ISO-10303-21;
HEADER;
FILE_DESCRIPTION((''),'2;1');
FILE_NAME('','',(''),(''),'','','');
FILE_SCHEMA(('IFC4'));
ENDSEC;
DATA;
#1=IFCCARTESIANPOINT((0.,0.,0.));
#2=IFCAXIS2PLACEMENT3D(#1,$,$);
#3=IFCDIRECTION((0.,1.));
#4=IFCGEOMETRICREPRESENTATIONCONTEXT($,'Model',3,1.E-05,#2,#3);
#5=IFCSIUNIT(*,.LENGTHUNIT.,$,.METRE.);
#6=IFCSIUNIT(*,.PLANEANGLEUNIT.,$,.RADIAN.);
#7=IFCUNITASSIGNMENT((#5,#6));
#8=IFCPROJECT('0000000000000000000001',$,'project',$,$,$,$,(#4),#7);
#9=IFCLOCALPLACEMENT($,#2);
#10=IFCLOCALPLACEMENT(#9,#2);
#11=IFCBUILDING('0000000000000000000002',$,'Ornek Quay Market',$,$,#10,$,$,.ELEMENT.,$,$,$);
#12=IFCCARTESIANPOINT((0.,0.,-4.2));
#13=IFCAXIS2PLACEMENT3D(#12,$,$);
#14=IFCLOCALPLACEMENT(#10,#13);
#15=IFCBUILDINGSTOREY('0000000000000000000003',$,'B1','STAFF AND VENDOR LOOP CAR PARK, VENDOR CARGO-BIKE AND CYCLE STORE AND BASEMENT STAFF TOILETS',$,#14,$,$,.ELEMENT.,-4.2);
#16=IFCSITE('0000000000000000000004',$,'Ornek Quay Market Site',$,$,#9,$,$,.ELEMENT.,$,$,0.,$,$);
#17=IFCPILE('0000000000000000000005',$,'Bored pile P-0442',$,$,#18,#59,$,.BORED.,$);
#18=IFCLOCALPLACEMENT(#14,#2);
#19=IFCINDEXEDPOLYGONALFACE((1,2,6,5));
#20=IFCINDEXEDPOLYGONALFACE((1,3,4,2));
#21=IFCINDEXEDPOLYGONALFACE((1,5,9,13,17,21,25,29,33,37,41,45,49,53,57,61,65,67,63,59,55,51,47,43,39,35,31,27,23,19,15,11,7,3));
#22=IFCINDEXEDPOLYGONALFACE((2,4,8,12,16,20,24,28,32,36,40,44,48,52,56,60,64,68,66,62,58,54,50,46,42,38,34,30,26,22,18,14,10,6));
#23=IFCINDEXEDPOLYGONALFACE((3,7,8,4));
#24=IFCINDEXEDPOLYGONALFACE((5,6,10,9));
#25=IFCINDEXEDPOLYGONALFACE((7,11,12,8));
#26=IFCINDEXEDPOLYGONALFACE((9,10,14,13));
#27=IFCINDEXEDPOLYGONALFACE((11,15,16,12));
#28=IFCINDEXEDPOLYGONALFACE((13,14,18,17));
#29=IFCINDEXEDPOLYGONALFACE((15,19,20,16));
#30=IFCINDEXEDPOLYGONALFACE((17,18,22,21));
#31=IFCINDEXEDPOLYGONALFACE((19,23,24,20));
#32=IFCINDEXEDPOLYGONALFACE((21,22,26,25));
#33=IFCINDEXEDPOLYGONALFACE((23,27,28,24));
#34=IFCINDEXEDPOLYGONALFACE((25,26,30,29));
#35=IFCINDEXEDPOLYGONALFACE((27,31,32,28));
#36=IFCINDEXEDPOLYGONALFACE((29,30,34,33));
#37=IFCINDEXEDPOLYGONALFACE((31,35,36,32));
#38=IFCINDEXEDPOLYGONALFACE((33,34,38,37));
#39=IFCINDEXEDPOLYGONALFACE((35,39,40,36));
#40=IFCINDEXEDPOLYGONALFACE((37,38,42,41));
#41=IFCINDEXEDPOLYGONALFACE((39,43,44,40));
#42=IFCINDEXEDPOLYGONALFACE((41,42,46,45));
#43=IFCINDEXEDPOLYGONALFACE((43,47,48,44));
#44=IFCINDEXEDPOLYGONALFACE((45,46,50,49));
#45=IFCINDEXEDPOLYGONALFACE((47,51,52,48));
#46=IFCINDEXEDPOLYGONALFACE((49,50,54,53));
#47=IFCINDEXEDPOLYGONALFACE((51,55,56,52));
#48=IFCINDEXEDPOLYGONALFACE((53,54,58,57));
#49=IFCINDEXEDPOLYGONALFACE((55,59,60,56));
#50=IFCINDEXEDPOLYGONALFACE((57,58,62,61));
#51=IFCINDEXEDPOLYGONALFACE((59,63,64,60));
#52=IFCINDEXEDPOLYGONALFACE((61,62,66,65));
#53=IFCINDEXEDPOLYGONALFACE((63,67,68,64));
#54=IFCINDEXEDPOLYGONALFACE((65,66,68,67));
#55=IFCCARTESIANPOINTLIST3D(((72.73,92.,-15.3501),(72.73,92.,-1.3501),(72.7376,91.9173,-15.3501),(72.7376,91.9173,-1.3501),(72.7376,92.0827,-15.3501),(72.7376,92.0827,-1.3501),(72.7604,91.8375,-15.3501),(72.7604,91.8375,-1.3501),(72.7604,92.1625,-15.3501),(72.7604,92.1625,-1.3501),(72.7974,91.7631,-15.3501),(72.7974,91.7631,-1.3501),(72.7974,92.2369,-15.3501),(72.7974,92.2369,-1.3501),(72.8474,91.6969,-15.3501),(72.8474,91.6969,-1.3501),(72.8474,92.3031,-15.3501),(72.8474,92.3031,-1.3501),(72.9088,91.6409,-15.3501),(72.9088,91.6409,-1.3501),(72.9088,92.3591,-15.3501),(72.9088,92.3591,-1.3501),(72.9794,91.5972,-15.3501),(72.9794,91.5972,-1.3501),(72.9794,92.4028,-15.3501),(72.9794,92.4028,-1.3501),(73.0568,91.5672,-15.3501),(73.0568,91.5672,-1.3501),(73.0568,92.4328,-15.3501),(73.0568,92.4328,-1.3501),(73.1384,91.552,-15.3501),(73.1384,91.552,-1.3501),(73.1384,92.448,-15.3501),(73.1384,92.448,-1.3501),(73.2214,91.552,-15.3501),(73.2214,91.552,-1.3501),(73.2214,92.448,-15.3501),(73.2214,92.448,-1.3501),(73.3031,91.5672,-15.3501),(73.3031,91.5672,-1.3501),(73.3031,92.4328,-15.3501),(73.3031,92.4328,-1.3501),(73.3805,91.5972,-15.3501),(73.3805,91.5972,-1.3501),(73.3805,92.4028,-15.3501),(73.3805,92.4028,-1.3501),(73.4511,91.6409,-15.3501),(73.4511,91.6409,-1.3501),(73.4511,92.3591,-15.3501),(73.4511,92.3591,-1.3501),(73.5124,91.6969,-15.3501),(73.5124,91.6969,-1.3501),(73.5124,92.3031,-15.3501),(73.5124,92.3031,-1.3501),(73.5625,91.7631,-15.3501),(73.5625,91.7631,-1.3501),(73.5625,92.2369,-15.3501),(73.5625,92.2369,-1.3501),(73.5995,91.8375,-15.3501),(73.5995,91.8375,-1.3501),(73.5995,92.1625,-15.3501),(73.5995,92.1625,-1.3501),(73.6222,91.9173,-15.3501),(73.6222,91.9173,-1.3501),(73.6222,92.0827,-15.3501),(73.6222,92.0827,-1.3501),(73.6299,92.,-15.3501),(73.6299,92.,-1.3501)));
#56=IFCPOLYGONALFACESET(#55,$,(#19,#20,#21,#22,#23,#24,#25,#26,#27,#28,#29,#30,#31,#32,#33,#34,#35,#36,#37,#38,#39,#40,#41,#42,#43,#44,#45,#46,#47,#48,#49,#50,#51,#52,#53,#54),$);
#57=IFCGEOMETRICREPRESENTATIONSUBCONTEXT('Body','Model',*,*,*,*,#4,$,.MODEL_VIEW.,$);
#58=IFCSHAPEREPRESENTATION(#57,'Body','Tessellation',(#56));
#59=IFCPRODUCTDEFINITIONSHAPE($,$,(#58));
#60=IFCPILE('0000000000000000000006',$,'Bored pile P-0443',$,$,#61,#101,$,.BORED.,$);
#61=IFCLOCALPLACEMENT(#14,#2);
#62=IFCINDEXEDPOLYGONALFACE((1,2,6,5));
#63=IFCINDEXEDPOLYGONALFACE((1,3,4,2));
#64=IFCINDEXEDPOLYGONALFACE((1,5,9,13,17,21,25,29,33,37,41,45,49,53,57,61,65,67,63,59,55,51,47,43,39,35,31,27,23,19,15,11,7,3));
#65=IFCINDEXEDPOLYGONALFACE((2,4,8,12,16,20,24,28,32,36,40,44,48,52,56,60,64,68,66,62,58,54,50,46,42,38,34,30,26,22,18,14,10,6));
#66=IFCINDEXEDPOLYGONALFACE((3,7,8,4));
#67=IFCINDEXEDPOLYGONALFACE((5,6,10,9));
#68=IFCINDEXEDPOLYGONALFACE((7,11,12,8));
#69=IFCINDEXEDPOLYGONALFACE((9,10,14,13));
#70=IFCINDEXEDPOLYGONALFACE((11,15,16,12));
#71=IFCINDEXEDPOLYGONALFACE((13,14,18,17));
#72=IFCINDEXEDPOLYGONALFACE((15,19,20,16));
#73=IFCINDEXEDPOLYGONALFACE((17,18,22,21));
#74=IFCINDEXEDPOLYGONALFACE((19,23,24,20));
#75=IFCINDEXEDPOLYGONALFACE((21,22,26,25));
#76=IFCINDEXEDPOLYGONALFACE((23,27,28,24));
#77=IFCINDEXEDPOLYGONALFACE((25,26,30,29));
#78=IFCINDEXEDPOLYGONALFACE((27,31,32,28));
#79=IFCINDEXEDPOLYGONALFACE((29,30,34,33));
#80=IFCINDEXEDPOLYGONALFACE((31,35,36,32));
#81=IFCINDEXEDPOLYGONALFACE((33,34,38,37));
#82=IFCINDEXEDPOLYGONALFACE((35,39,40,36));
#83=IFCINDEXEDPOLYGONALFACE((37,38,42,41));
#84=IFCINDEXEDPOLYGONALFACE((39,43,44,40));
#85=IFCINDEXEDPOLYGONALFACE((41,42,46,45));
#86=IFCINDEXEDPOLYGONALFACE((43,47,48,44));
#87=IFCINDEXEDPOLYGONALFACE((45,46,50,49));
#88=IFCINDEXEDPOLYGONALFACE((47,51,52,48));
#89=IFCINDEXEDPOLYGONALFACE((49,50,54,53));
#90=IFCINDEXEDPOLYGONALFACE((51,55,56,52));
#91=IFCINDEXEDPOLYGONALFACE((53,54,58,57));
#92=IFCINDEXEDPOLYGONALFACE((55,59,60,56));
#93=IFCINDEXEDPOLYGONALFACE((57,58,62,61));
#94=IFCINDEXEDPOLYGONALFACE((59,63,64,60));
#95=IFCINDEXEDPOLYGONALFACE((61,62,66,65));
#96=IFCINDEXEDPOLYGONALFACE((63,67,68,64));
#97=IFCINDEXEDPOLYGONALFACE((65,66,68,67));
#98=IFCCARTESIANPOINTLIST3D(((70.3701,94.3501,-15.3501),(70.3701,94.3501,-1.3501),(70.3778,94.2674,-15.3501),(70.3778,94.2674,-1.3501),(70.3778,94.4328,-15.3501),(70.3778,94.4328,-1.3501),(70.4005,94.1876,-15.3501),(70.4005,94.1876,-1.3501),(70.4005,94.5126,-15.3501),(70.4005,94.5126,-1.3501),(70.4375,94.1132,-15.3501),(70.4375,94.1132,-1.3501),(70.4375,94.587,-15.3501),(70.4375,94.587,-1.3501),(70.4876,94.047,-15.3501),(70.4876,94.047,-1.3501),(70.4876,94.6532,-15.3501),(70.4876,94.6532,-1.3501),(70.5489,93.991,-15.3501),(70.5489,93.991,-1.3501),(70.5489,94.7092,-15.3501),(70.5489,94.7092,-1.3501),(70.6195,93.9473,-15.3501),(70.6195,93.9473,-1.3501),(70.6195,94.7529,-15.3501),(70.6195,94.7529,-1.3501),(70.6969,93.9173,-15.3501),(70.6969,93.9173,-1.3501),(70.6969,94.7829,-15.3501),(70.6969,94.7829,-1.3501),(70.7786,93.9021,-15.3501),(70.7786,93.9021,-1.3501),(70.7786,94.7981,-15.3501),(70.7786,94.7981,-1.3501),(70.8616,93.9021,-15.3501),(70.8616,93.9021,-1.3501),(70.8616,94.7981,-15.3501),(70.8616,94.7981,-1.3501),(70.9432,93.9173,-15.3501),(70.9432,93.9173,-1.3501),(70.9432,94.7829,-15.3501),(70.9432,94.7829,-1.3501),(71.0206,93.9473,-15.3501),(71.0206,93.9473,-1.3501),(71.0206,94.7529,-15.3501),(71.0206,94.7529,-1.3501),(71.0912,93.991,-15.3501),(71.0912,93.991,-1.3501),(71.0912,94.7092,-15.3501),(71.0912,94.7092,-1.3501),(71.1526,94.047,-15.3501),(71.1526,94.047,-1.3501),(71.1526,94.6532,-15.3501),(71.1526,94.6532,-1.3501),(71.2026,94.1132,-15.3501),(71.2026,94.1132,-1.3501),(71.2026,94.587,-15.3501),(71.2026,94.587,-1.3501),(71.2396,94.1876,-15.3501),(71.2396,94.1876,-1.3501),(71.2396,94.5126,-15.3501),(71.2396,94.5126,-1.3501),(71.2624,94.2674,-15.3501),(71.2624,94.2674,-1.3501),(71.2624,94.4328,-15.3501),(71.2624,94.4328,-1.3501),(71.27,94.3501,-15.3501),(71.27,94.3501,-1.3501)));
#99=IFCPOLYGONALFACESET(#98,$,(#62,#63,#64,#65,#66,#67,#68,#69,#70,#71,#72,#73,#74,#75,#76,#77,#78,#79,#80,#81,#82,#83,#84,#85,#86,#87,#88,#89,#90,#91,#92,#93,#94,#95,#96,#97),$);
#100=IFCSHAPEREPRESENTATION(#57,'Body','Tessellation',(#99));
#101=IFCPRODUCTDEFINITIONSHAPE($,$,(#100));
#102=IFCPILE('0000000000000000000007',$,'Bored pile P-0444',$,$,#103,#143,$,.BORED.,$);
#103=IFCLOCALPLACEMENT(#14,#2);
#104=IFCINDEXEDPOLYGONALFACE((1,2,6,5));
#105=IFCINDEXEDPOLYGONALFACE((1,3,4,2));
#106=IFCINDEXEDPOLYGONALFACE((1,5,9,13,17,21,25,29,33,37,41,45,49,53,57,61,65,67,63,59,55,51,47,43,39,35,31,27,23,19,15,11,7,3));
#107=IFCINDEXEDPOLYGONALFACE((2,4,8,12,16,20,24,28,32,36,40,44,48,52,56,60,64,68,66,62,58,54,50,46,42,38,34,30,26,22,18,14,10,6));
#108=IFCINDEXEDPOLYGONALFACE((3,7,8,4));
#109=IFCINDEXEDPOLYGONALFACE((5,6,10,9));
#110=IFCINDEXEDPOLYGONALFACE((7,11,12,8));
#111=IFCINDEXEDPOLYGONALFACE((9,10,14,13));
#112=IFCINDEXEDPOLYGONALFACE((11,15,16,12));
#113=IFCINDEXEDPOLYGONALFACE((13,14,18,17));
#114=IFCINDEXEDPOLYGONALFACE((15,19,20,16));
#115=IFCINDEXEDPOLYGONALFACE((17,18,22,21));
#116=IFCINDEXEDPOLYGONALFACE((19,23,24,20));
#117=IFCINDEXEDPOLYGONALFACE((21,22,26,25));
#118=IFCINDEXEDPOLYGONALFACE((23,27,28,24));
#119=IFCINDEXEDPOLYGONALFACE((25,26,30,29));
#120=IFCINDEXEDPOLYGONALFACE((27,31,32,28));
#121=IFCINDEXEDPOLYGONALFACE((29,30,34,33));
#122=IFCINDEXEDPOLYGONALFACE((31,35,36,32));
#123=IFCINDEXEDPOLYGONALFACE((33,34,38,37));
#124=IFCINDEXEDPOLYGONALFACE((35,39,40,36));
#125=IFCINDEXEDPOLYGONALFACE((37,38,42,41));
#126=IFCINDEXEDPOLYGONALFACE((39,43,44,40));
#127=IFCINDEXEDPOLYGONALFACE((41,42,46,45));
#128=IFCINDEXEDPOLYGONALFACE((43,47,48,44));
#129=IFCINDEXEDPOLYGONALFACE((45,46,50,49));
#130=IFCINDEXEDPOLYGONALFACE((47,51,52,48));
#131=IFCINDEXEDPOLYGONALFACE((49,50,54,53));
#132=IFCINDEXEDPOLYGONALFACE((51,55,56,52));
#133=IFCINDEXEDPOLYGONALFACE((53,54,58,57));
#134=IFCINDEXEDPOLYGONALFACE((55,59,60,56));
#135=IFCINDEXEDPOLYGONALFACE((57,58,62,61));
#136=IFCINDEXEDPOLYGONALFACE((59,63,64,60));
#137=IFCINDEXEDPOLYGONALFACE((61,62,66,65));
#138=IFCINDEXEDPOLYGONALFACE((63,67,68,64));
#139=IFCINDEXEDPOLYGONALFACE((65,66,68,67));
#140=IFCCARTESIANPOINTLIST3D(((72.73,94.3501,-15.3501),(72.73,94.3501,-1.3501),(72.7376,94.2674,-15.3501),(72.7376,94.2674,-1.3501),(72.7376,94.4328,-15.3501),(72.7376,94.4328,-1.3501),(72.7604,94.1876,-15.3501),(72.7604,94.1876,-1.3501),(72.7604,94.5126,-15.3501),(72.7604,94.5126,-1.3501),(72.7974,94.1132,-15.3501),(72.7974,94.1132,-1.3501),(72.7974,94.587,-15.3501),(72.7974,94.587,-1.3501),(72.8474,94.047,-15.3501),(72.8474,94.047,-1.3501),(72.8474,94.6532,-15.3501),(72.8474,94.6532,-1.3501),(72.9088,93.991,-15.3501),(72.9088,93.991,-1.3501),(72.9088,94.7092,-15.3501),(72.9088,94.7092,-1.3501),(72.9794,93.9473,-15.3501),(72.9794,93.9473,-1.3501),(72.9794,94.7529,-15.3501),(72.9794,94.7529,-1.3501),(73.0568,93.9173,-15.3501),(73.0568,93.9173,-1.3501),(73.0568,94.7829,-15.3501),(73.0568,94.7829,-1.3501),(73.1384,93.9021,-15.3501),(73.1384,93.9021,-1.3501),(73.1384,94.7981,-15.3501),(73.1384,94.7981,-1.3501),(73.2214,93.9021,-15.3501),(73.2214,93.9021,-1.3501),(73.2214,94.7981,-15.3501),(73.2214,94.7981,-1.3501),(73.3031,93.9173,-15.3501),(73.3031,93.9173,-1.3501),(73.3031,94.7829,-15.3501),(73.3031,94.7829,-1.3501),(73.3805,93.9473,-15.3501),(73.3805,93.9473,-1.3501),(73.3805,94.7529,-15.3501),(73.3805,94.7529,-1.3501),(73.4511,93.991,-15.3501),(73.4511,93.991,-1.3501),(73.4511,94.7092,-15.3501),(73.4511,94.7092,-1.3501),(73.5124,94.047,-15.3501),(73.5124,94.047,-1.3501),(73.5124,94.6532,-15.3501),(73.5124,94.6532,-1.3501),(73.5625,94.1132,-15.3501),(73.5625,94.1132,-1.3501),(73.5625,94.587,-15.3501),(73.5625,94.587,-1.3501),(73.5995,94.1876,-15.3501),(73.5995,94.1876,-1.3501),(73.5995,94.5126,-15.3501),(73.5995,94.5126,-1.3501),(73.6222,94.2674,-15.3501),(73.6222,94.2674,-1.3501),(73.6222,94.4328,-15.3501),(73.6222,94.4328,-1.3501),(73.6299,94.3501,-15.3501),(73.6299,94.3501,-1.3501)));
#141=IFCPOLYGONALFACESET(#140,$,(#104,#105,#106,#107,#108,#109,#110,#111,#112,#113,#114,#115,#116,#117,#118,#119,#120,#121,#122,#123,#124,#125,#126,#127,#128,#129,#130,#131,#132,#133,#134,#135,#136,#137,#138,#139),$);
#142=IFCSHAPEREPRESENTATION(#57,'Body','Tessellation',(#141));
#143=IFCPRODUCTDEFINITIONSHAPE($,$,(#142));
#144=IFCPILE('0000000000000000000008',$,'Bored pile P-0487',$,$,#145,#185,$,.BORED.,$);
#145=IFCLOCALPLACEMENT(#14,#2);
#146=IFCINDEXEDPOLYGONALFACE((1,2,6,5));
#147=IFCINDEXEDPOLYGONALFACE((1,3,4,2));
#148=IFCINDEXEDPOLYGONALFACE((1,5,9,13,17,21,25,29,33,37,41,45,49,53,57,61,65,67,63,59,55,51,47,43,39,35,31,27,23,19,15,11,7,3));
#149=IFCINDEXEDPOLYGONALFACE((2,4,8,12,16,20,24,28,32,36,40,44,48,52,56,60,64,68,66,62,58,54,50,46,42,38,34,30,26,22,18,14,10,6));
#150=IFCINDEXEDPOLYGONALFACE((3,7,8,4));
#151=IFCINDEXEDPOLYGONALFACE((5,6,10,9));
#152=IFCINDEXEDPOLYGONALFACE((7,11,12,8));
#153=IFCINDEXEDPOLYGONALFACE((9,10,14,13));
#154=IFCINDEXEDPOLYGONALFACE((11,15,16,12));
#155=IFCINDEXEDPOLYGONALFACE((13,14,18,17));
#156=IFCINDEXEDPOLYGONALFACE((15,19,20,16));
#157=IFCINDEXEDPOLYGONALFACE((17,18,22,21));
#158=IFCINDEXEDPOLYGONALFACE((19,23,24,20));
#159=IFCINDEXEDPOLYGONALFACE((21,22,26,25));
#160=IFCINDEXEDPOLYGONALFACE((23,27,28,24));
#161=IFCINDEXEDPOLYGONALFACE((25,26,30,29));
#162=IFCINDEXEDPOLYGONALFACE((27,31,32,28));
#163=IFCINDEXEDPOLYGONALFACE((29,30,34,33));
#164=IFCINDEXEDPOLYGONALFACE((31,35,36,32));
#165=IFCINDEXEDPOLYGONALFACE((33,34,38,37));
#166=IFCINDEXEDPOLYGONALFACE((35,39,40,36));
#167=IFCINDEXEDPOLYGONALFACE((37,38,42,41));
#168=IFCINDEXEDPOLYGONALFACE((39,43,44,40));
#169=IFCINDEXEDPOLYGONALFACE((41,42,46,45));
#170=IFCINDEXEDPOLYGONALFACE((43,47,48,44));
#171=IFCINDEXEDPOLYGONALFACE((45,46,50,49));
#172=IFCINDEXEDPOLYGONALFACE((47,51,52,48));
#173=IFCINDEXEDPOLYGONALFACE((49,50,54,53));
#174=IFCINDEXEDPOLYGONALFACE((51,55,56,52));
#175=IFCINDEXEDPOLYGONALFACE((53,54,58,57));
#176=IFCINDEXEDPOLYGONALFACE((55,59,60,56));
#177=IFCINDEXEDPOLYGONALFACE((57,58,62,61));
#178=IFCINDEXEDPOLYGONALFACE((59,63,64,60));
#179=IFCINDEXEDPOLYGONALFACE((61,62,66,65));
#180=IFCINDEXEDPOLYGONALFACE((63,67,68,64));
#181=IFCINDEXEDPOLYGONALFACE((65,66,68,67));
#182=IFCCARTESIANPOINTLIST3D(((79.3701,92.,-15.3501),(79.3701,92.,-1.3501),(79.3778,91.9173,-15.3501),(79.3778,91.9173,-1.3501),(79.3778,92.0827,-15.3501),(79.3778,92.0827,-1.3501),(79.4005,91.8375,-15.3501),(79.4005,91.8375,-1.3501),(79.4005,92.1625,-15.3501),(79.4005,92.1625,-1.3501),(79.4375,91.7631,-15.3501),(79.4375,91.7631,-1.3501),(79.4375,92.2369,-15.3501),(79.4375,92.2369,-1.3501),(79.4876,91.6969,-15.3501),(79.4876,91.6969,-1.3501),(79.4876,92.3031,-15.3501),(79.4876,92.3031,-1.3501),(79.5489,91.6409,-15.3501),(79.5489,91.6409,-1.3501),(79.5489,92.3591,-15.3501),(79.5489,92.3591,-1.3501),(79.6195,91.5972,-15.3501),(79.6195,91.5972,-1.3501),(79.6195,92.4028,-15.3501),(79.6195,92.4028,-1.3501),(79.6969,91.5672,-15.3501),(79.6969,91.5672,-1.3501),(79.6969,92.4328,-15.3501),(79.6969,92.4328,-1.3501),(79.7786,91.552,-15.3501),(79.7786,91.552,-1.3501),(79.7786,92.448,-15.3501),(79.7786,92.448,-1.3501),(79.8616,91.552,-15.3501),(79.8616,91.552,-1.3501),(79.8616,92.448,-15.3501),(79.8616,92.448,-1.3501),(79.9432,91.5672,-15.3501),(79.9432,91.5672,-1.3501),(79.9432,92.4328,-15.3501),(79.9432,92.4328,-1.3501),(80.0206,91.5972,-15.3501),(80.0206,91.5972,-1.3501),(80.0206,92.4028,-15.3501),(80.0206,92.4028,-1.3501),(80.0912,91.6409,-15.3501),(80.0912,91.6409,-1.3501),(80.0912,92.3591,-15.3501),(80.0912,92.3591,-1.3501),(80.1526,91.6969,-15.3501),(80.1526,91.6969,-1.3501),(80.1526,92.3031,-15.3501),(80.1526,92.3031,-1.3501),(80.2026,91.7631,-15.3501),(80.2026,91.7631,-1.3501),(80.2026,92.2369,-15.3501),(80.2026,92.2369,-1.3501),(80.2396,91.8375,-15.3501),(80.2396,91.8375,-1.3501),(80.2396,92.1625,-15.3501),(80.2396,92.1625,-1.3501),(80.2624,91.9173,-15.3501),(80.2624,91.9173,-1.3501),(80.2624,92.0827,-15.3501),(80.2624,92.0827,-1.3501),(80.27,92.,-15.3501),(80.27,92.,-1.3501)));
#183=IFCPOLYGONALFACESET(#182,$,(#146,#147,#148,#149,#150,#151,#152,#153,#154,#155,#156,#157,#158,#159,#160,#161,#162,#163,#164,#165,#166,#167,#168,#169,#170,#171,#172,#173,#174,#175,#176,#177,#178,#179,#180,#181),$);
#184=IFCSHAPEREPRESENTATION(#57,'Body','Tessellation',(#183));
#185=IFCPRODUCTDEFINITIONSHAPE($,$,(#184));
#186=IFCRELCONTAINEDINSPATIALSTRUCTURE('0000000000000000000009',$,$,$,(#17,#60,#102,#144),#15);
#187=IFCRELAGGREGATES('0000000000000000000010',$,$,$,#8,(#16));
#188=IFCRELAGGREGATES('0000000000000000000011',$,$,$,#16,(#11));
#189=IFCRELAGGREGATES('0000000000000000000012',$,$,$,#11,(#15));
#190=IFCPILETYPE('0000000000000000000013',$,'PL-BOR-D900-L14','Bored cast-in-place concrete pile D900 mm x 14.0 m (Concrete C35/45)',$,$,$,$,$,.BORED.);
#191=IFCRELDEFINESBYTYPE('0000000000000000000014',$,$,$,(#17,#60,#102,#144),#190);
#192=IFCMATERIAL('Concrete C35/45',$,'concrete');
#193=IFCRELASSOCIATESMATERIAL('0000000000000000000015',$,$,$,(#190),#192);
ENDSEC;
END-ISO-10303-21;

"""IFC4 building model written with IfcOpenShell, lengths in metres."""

from ifc_helpers import new_model, si_unit, direction, frame, origin, origin_2d, place, context, subcontext, project, spatial, circle, extrude, material, material_profile, profile_set, type_object, element, save


model = new_model("IFC4")

# Units and contexts
model_context = context("Model", 3, precision=1e-05, world=origin(), true_north=direction((0.0, 1.0)))
body_context = subcontext(model_context, "Body", "Model", "MODEL_VIEW")
ifc_project = project(units=[si_unit("LENGTHUNIT", "METRE"), si_unit("PLANEANGLEUNIT", "RADIAN")], contexts=[model_context])

# Site, building, storey
site_placement = place(None, origin())
site = spatial("IfcSite", under=ifc_project, at=site_placement, Name="Ornek Quay Market Site", CompositionType="ELEMENT", RefElevation=0.0)
building_placement = place(site_placement, origin())
building = spatial("IfcBuilding", under=site, at=building_placement, Name="Ornek Quay Market", CompositionType="ELEMENT")
storey_placement = place(building_placement, frame((0.0, 0.0, -4.2)))
storey = spatial("IfcBuildingStorey", under=building, at=storey_placement, Name="B1", Description="STAFF AND VENDOR LOOP CAR PARK, VENDOR CARGO-BIKE AND CYCLE STORE AND BASEMENT STAFF TOILETS", CompositionType="ELEMENT", Elevation=-4.2)

# Piles
ifc_material_1 = material(Name="Concrete C35/45", Category="concrete")
ifc_material_profile_1 = material_profile(ifc_material_1, circle(Radius=0.45, at=origin_2d()), Name="PILE D900", Category="concrete")
ifc_profile_set_1 = profile_set([ifc_material_profile_1], Name="Concrete C35/45")
pile_type_1 = type_object("IfcPileType", Name="PL-BOR-D900-L14", Description="Bored cast-in-place concrete pile D900 mm x 14.0 m (Concrete C35/45)", PredefinedType="BORED", material=ifc_profile_set_1)
for number, where, z_axis, x_axis, name in (
    (1, (73.1799, 92.0, -1.3501), (0.0, 0.0, -1.0), (1.0, 0.0, 0.0), "Bored pile P-0442"),
    (2, (70.8201, 94.3501, -1.3501), (0.0, 0.0, -1.0), (1.0, 0.0, 0.0), "Bored pile P-0443"),
    (3, (73.1799, 94.3501, -1.3501), (0.0, 0.0, -1.0), (1.0, 0.0, 0.0), "Bored pile P-0444"),
    (4, (79.8201, 92.0, -1.3501), (0.0, 0.0, -1.0), (1.0, 0.0, 0.0), "Bored pile P-0487"),
):
    element("IfcPile", number, at=place(storey_placement, frame(where, z_axis=z_axis, x_axis=x_axis)), inside=storey, type_object=pile_type_1, Name=name, PredefinedType="BORED", context=body_context, shape_type="SweptSolid", body=[
        extrude(circle(Radius=0.45, at=origin_2d()), origin(), (0.0, 0.0, 1.0), 14.0),
    ])

save(model, "model.ifc")
